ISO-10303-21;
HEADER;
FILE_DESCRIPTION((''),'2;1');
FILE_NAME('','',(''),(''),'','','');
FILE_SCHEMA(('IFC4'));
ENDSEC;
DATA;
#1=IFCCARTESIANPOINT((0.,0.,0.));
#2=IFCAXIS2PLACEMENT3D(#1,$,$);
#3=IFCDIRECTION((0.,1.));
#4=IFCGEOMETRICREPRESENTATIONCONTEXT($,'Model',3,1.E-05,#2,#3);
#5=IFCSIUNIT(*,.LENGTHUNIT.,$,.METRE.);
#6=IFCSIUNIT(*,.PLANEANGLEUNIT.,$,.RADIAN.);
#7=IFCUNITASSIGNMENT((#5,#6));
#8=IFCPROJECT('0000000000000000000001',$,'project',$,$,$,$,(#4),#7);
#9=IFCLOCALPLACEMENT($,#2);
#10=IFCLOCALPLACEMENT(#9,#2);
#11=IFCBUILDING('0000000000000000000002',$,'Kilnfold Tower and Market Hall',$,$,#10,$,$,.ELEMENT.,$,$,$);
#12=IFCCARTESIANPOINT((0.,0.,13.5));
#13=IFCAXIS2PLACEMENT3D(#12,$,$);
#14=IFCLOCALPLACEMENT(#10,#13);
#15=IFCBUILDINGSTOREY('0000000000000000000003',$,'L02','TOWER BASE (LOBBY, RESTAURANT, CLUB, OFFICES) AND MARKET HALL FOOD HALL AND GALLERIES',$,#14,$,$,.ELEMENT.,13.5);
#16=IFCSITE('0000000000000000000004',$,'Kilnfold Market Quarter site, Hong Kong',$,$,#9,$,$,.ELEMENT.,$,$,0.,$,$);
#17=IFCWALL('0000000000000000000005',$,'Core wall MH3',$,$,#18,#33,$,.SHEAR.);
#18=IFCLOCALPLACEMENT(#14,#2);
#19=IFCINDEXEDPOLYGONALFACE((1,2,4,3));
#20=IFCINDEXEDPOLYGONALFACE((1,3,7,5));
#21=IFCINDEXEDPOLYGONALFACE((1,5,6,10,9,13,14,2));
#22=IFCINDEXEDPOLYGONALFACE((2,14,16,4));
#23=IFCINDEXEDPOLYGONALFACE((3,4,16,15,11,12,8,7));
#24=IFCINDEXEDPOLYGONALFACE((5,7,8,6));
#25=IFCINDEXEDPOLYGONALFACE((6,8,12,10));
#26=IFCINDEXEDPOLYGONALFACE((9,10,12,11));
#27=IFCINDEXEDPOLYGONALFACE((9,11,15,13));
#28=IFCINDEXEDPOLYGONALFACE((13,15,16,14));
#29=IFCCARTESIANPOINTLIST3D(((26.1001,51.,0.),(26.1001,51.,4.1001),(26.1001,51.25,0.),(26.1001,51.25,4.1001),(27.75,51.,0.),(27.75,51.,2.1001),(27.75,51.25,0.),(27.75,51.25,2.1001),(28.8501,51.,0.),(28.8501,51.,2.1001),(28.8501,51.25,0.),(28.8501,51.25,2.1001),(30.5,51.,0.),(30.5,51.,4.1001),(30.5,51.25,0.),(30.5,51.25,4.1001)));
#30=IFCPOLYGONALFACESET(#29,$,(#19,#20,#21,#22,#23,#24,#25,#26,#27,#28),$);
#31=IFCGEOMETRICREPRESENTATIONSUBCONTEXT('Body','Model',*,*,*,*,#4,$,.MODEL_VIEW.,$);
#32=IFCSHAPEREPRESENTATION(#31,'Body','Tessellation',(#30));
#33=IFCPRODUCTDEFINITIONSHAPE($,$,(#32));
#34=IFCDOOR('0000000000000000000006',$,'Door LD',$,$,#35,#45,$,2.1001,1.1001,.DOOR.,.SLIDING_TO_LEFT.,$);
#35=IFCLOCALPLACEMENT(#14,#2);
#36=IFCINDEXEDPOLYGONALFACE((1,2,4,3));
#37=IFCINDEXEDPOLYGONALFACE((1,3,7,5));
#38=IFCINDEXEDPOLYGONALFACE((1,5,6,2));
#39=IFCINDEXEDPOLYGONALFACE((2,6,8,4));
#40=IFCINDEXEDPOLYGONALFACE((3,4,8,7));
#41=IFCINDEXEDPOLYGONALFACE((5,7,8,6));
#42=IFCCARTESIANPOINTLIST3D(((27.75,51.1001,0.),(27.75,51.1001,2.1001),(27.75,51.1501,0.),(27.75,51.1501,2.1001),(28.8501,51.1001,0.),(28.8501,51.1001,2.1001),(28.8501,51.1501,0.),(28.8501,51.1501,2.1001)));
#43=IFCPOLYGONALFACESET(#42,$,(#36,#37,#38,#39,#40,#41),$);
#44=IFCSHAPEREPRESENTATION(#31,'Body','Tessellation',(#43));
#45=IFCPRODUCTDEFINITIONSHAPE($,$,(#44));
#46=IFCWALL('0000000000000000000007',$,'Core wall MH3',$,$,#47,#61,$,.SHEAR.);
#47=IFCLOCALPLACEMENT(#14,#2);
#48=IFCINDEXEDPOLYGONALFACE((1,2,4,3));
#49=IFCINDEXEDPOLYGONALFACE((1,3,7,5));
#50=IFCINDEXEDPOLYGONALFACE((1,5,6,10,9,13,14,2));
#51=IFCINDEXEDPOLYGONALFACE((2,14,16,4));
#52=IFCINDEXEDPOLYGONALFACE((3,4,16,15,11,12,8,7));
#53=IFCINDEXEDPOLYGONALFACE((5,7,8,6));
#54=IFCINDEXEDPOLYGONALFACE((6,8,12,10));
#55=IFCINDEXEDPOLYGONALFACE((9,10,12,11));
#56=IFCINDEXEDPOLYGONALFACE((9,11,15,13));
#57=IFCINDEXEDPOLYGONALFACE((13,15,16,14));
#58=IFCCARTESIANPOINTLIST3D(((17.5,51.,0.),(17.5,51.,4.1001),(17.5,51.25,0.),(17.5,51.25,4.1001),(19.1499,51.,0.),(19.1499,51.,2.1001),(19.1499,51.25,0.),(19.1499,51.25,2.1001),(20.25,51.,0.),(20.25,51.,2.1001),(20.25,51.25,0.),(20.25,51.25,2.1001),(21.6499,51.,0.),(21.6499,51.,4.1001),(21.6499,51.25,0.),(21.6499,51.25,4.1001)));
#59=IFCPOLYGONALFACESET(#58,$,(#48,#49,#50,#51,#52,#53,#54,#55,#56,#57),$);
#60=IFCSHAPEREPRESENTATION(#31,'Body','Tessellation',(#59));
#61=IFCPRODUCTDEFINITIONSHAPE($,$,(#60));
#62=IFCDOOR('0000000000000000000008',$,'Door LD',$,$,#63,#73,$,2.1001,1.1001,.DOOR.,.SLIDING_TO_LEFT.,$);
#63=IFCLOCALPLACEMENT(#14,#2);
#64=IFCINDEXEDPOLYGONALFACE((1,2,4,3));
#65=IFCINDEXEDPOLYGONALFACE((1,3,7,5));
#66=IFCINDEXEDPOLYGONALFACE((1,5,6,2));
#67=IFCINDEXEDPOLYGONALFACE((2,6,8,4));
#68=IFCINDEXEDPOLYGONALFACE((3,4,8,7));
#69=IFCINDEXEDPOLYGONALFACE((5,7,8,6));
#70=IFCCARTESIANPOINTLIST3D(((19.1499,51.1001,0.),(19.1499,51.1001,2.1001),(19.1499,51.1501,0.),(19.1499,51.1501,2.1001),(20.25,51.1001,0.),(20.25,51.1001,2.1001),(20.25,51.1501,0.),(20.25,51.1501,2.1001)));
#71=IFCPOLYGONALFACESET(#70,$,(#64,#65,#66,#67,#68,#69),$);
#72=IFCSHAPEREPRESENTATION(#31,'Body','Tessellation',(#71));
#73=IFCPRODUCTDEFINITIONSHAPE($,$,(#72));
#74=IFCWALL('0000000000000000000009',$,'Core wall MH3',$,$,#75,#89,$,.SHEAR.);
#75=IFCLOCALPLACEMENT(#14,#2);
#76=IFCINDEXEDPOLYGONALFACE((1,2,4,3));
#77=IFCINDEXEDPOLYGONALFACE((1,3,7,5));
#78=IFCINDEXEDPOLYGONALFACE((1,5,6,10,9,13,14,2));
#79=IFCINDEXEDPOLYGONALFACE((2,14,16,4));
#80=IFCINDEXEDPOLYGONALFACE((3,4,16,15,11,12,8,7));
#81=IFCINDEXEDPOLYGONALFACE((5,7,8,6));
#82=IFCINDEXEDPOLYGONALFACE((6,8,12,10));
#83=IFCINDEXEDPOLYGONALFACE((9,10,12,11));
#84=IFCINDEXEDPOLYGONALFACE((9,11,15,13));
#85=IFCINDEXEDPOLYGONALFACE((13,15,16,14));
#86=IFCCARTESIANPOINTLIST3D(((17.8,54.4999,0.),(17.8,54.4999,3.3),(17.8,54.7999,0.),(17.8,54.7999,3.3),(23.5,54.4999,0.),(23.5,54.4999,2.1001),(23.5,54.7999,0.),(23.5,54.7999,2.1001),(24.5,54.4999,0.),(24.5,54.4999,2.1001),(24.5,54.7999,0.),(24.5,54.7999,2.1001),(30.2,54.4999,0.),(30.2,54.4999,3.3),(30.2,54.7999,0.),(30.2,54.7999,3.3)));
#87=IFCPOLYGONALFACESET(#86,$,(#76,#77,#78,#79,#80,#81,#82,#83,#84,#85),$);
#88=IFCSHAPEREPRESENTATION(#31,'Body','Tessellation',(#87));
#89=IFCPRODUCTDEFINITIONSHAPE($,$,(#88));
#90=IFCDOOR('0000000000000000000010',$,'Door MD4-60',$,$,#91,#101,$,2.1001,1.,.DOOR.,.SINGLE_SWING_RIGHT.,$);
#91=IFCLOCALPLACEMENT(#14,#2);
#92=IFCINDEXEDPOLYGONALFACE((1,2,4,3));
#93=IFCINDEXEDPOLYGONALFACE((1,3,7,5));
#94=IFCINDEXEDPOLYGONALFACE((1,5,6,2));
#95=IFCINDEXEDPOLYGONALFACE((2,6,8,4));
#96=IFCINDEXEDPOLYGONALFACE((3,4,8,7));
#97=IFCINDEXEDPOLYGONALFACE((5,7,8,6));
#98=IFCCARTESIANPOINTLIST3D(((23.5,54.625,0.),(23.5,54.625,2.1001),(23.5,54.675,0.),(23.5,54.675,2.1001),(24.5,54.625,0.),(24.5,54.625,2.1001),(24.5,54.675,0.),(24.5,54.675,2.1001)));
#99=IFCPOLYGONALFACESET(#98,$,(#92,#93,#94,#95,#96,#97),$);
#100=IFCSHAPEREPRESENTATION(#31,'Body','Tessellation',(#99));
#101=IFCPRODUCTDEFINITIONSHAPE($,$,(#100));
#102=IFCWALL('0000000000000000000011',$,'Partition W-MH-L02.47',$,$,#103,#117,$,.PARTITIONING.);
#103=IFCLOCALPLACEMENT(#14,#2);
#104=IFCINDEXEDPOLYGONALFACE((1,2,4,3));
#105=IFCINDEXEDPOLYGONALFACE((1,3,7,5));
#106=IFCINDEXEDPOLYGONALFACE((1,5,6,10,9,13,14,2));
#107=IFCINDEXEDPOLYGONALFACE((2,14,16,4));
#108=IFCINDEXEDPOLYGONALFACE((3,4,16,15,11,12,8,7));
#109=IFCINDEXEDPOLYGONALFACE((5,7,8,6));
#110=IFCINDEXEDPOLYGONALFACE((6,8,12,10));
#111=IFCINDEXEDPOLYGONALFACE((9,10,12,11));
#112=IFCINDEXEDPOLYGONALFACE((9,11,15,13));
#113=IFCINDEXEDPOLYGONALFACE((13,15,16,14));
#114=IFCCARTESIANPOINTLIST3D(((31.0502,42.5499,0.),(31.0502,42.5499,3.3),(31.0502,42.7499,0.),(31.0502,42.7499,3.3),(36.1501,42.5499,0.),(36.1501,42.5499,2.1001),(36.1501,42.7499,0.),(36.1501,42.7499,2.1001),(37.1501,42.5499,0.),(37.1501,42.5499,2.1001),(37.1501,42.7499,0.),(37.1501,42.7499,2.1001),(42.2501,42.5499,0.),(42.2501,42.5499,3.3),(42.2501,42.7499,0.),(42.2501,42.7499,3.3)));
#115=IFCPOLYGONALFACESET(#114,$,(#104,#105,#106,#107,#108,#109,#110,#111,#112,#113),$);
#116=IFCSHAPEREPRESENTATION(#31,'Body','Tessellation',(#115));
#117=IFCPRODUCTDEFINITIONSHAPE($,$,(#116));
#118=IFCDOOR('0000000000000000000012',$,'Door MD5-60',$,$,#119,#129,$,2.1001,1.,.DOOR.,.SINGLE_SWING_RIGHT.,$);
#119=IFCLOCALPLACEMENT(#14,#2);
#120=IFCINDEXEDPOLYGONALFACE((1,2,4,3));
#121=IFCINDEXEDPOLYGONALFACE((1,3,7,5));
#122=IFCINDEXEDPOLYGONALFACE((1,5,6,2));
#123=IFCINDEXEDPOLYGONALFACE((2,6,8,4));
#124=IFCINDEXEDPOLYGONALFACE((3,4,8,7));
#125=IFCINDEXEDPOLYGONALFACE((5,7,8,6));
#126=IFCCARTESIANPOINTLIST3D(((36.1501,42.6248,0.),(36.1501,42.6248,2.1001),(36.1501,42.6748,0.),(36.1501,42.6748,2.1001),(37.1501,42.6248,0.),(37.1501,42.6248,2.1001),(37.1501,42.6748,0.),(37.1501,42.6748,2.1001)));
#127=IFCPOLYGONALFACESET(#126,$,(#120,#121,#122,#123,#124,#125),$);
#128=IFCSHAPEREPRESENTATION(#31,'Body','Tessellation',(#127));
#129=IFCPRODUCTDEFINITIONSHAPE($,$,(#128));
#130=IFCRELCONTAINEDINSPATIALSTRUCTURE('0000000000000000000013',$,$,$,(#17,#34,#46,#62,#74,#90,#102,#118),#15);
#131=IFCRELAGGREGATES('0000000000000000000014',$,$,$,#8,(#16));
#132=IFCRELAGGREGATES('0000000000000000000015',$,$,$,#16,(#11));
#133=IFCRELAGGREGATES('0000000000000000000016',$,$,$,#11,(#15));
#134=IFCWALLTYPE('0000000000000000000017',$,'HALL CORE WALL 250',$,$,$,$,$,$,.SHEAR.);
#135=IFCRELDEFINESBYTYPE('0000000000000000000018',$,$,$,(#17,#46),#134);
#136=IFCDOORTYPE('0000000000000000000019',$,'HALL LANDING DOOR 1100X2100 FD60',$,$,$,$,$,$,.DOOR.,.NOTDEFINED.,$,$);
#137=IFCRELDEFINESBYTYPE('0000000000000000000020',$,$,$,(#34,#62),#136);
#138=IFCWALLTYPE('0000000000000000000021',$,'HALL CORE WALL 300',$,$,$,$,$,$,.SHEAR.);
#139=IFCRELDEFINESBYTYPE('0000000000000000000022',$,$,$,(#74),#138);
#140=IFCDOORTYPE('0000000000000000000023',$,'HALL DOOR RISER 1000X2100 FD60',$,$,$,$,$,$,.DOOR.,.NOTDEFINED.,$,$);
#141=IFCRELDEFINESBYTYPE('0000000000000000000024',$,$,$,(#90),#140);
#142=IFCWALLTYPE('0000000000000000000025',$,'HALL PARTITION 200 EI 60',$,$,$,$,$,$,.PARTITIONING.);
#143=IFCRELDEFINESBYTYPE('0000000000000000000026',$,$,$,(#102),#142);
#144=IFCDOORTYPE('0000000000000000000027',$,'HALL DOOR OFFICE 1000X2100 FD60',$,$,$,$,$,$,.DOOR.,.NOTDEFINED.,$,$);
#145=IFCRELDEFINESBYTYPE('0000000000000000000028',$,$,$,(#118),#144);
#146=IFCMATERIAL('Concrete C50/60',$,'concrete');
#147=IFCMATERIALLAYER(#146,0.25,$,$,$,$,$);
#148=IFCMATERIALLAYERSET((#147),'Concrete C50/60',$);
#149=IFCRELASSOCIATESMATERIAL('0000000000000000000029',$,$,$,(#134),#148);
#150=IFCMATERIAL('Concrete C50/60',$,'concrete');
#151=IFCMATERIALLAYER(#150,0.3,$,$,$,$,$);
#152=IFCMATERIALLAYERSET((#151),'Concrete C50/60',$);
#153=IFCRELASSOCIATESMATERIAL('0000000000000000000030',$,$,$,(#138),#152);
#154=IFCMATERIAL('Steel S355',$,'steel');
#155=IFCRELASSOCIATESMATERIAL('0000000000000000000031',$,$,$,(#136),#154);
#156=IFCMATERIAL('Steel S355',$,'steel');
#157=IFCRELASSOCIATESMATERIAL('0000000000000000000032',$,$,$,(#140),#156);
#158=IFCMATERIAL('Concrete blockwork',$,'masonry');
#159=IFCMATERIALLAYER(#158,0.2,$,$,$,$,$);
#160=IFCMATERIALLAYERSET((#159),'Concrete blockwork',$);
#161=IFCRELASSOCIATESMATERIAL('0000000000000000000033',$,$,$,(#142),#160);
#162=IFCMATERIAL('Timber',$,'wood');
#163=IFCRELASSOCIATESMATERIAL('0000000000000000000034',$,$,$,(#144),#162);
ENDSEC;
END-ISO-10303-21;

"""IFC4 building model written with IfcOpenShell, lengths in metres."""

from ifc_helpers import new_model, si_unit, direction, frame, frame_2d, origin, place, context, subcontext, project, spatial, rectangle, extrude, source, transform, mapped, material, layer, layer_set, type_object, element, fill, save


model = new_model("IFC4")

# Units and contexts
model_context = context("Model", 3, precision=1e-05, world=origin(), true_north=direction((0.0, 1.0)))
body_context = subcontext(model_context, "Body", "Model", "MODEL_VIEW")
ifc_project = project(units=[si_unit("LENGTHUNIT", "METRE"), si_unit("PLANEANGLEUNIT", "RADIAN")], contexts=[model_context])

# Site, building, storey
site_placement = place(None, origin())
site = spatial("IfcSite", under=ifc_project, at=site_placement, Name="Kilnfold Market Quarter site, Hong Kong", CompositionType="ELEMENT", RefElevation=0.0)
building_placement = place(site_placement, origin())
building = spatial("IfcBuilding", under=site, at=building_placement, Name="Kilnfold Tower and Market Hall", CompositionType="ELEMENT")
storey_placement = place(building_placement, frame((0.0, 0.0, 13.5)))
storey = spatial("IfcBuildingStorey", under=building, at=storey_placement, Name="L02", Description="TOWER BASE (LOBBY, RESTAURANT, CLUB, OFFICES) AND MARKET HALL FOOD HALL AND GALLERIES", CompositionType="ELEMENT", Elevation=13.5)

# Shared definitions
ifc_material_1 = material(Name="Concrete C50/60", Category="concrete")
ifc_layer_1 = layer(ifc_material_1, 0.25)
ifc_layer_set_1 = layer_set([ifc_layer_1], Name="Concrete C50/60")
wall_type_1 = type_object("IfcWallType", Name="HALL CORE WALL 250", PredefinedType="SHEAR", material=ifc_layer_set_1)

# Shared definitions
ifc_material_2 = material(Name="Concrete C50/60", Category="concrete")
ifc_layer_2 = layer(ifc_material_2, 0.3)
ifc_layer_set_2 = layer_set([ifc_layer_2], Name="Concrete C50/60")
wall_type_2 = type_object("IfcWallType", Name="HALL CORE WALL 300", PredefinedType="SHEAR", material=ifc_layer_set_2)

# Walls, openings, doors
shared_shape_1 = source(origin(), body_context, "Body", "SweptSolid", [
    extrude(rectangle(XDim=4.3999, YDim=0.25, at=frame_2d((2.2, 0.0))), origin(), (0.0, 0.0, 1.0), 4.1001),
])
wall_1_placement = place(storey_placement, frame((30.5, 51.125, 0.0), z_axis=(0.0, 0.0, 1.0), x_axis=(-1.0, 0.0, 0.0)))
wall_1 = element("IfcWall", 1, at=wall_1_placement, inside=storey, type_object=wall_type_1, Name="Core wall MH3", PredefinedType="SHEAR", context=body_context, shape_type="MappedRepresentation", body=[
    mapped(shared_shape_1, transform((0.0, 0.0, 0.0))),
])
opening_1_placement = place(wall_1_placement, frame((1.6499, 0.0, 0.0)))
opening_1 = element("IfcOpeningElement", 2, at=opening_1_placement, cuts=wall_1, PredefinedType="OPENING", context=body_context, shape_type="SweptSolid", body=[
    extrude(rectangle(XDim=1.1001, YDim=2.1001, at=frame_2d((0.55, 1.05))), frame((0.0, 0.135, 0.0), z_axis=(0.0, -1.0, 0.0), x_axis=(1.0, 0.0, 0.0)), (0.0, 0.0, 1.0), 0.27),
])
ifc_material_3 = material(Name="Steel S355", Category="steel")
door_type_1 = type_object("IfcDoorType", Name="HALL LANDING DOOR 1100X2100 FD60", OperationType="NOTDEFINED", PredefinedType="DOOR", material=ifc_material_3)
door_1_placement = place(opening_1_placement, origin())
door_1 = element("IfcDoor", 3, at=door_1_placement, inside=storey, type_object=door_type_1, Name="Door LD", OperationType="SLIDING_TO_LEFT", OverallHeight=2.1001, OverallWidth=1.1001, PredefinedType="DOOR", context=body_context, shape_type="SweptSolid", body=[
    extrude(rectangle(XDim=1.1001, YDim=2.1001, at=frame_2d((0.55, 1.05))), frame((0.0, 0.0249, 0.0), z_axis=(0.0, -1.0, 0.0), x_axis=(1.0, 0.0, 0.0)), (0.0, 0.0, 1.0), 0.05),
])
fill(opening_1, door_1)
shared_shape_2 = source(origin(), body_context, "Body", "SweptSolid", [
    extrude(rectangle(XDim=4.1499, YDim=0.25, at=frame_2d((2.075, 0.0))), origin(), (0.0, 0.0, 1.0), 4.1001),
])
wall_2_placement = place(storey_placement, frame((21.6499, 51.125, 0.0), z_axis=(0.0, 0.0, 1.0), x_axis=(-1.0, 0.0, 0.0)))
wall_2 = element("IfcWall", 4, at=wall_2_placement, inside=storey, type_object=wall_type_1, Name="Core wall MH3", PredefinedType="SHEAR", context=body_context, shape_type="MappedRepresentation", body=[
    mapped(shared_shape_2, transform((0.0, 0.0, 0.0))),
])
opening_2_placement = place(wall_2_placement, frame((1.3999, 0.0, 0.0)))
opening_2 = element("IfcOpeningElement", 5, at=opening_2_placement, cuts=wall_2, PredefinedType="OPENING", context=body_context, shape_type="SweptSolid", body=[
    extrude(rectangle(XDim=1.1001, YDim=2.1001, at=frame_2d((0.55, 1.05))), frame((0.0, 0.135, 0.0), z_axis=(0.0, -1.0, 0.0), x_axis=(1.0, 0.0, 0.0)), (0.0, 0.0, 1.0), 0.27),
])
door_2_placement = place(opening_2_placement, origin())
door_2 = element("IfcDoor", 6, at=door_2_placement, inside=storey, type_object=door_type_1, Name="Door LD", OperationType="SLIDING_TO_LEFT", OverallHeight=2.1001, OverallWidth=1.1001, PredefinedType="DOOR", context=body_context, shape_type="SweptSolid", body=[
    extrude(rectangle(XDim=1.1001, YDim=2.1001, at=frame_2d((0.55, 1.05))), frame((0.0, 0.0249, 0.0), z_axis=(0.0, -1.0, 0.0), x_axis=(1.0, 0.0, 0.0)), (0.0, 0.0, 1.0), 0.05),
])
fill(opening_2, door_2)
shared_shape_3 = source(origin(), body_context, "Body", "SweptSolid", [
    extrude(rectangle(XDim=12.3999, YDim=0.3, at=frame_2d((6.2, 0.0))), origin(), (0.0, 0.0, 1.0), 3.3),
])
wall_3_placement = place(storey_placement, frame((30.2, 54.6499, 0.0), z_axis=(0.0, 0.0, 1.0), x_axis=(-1.0, 0.0, 0.0)))
wall_3 = element("IfcWall", 7, at=wall_3_placement, inside=storey, type_object=wall_type_2, Name="Core wall MH3", PredefinedType="SHEAR", context=body_context, shape_type="MappedRepresentation", body=[
    mapped(shared_shape_3, transform((0.0, 0.0, 0.0))),
])
opening_3_placement = place(wall_3_placement, frame((5.7, 0.0, 0.0)))
opening_3 = element("IfcOpeningElement", 8, at=opening_3_placement, cuts=wall_3, PredefinedType="OPENING", context=body_context, shape_type="SweptSolid", body=[
    extrude(rectangle(XDim=1.0, YDim=2.1001, at=frame_2d((0.5, 1.05))), frame((0.0, 0.1602, 0.0), z_axis=(0.0, -1.0, 0.0), x_axis=(1.0, 0.0, 0.0)), (0.0, 0.0, 1.0), 0.3201),
])
ifc_material_4 = material(Name="Steel S355", Category="steel")
door_type_2 = type_object("IfcDoorType", Name="HALL DOOR RISER 1000X2100 FD60", OperationType="NOTDEFINED", PredefinedType="DOOR", material=ifc_material_4)
door_3_placement = place(opening_3_placement, origin())
door_3 = element("IfcDoor", 9, at=door_3_placement, inside=storey, type_object=door_type_2, Name="Door MD4-60", OperationType="SINGLE_SWING_RIGHT", OverallHeight=2.1001, OverallWidth=1.0, PredefinedType="DOOR", context=body_context, shape_type="SweptSolid", body=[
    extrude(rectangle(XDim=1.0, YDim=2.1001, at=frame_2d((0.5, 1.05))), frame((0.0, 0.0249, 0.0), z_axis=(0.0, -1.0, 0.0), x_axis=(1.0, 0.0, 0.0)), (0.0, 0.0, 1.0), 0.05),
])
fill(opening_3, door_3)
ifc_material_5 = material(Name="Concrete blockwork", Category="masonry")
ifc_layer_3 = layer(ifc_material_5, 0.2)
ifc_layer_set_3 = layer_set([ifc_layer_3], Name="Concrete blockwork")
wall_type_3 = type_object("IfcWallType", Name="HALL PARTITION 200 EI 60", PredefinedType="PARTITIONING", material=ifc_layer_set_3)
shared_shape_4 = source(origin(), body_context, "Body", "SweptSolid", [
    extrude(rectangle(XDim=11.2, YDim=0.2, at=frame_2d((5.6001, 0.0))), origin(), (0.0, 0.0, 1.0), 3.3),
])
wall_4_placement = place(storey_placement, frame((31.05, 42.6499, 0.0), z_axis=(0.0, 0.0, 1.0), x_axis=(1.0, 0.0, 0.0)))
wall_4 = element("IfcWall", 10, at=wall_4_placement, inside=storey, type_object=wall_type_3, Name="Partition W-MH-L02.47", PredefinedType="PARTITIONING", context=body_context, shape_type="MappedRepresentation", body=[
    mapped(shared_shape_4, transform((0.0, 0.0, 0.0))),
])
opening_4_placement = place(wall_4_placement, frame((5.1001, 0.0, 0.0)))
opening_4 = element("IfcOpeningElement", 11, at=opening_4_placement, cuts=wall_4, PredefinedType="OPENING", context=body_context, shape_type="SweptSolid", body=[
    extrude(rectangle(XDim=1.0, YDim=2.1001, at=frame_2d((0.5, 1.05))), frame((0.0, 0.1099, 0.0), z_axis=(0.0, -1.0, 0.0), x_axis=(1.0, 0.0, 0.0)), (0.0, 0.0, 1.0), 0.22),
])
ifc_material_6 = material(Name="Timber", Category="wood")
door_type_3 = type_object("IfcDoorType", Name="HALL DOOR OFFICE 1000X2100 FD60", OperationType="NOTDEFINED", PredefinedType="DOOR", material=ifc_material_6)
door_4_placement = place(opening_4_placement, origin())
door_4 = element("IfcDoor", 12, at=door_4_placement, inside=storey, type_object=door_type_3, Name="Door MD5-60", OperationType="SINGLE_SWING_RIGHT", OverallHeight=2.1001, OverallWidth=1.0, PredefinedType="DOOR", context=body_context, shape_type="SweptSolid", body=[
    extrude(rectangle(XDim=1.0, YDim=2.1001, at=frame_2d((0.5, 1.05))), frame((0.0, 0.0249, 0.0), z_axis=(0.0, -1.0, 0.0), x_axis=(1.0, 0.0, 0.0)), (0.0, 0.0, 1.0), 0.05),
])
fill(opening_4, door_4)

save(model, "model.ifc")
